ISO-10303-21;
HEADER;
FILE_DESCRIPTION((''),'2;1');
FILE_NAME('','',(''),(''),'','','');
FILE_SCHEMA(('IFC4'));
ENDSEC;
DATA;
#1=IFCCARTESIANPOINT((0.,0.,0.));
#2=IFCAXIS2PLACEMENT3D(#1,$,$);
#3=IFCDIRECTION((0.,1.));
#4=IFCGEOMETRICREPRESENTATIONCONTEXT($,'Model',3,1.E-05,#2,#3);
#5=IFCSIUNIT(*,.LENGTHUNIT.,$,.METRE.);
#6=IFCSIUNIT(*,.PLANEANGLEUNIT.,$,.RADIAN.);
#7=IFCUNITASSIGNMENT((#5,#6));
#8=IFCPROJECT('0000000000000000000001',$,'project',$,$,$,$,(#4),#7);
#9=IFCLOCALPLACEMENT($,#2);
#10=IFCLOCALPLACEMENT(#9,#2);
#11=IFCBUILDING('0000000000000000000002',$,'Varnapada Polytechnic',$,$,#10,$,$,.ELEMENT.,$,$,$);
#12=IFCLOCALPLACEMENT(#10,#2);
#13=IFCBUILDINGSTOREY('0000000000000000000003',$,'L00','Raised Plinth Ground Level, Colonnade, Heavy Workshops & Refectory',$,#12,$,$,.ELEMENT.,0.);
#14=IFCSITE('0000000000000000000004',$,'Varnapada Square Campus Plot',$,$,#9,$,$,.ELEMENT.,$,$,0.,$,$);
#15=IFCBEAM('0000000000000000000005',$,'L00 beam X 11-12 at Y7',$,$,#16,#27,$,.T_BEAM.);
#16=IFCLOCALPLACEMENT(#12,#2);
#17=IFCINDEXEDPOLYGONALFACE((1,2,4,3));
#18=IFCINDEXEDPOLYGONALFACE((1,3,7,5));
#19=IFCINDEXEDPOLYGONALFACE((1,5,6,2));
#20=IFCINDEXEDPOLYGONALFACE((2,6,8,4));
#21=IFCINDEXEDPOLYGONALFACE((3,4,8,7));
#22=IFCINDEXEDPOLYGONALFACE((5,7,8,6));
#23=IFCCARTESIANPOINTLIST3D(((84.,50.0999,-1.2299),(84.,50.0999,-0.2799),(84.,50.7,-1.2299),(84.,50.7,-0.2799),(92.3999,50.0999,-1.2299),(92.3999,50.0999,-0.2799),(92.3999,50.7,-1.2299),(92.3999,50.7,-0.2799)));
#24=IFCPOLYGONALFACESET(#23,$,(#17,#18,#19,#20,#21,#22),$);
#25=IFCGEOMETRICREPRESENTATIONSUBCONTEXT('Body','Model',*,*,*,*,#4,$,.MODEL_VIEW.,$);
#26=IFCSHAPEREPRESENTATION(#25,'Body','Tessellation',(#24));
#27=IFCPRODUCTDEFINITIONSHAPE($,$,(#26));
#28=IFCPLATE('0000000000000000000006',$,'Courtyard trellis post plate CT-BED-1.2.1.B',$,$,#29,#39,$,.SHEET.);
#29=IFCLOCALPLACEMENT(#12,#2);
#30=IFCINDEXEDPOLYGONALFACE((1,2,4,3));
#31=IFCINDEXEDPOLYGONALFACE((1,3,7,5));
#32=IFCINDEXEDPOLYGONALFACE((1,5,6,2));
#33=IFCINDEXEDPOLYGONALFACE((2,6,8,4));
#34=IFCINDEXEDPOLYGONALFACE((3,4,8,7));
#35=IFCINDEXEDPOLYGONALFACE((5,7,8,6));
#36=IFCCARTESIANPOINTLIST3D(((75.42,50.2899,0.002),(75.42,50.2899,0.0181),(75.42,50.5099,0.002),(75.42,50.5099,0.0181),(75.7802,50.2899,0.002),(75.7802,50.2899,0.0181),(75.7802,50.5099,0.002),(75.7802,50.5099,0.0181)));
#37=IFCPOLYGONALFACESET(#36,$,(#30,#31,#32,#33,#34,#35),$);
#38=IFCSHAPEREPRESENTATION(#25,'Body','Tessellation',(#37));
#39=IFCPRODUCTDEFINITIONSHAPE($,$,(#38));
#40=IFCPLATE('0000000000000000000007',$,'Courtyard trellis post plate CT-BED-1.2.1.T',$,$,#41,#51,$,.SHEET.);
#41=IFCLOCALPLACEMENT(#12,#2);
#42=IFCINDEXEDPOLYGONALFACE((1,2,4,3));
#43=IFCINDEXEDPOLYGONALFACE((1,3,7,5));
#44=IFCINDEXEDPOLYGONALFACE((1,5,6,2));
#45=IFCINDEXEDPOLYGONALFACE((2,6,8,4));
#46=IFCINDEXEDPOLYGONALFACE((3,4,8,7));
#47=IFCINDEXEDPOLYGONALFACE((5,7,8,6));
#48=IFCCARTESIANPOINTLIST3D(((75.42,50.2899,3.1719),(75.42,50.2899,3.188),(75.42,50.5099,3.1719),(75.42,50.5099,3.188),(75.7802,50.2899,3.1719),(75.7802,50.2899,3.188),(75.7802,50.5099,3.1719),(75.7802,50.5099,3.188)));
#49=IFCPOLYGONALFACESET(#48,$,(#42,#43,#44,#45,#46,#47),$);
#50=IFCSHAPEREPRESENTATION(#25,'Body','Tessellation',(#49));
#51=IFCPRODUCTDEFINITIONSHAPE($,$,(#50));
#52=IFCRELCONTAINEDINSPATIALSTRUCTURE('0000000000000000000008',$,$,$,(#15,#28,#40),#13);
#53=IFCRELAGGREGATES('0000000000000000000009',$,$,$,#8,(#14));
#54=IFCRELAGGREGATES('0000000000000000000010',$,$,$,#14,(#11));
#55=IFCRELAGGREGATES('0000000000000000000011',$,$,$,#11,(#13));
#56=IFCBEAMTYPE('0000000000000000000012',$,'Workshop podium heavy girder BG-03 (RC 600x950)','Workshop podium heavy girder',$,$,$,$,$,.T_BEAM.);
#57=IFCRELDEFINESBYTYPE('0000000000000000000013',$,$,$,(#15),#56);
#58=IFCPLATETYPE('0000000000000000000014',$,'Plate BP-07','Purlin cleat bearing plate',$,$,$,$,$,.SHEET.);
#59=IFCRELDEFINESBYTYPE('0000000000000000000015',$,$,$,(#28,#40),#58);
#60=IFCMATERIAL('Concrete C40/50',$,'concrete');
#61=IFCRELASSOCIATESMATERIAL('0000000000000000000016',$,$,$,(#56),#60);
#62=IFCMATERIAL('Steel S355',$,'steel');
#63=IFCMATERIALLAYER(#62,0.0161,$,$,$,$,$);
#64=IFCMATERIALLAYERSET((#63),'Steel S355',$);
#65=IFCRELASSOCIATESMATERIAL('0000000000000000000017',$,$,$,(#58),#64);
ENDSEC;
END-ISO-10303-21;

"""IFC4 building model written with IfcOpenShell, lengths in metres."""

from ifc_helpers import new_model, si_unit, direction, frame, origin, origin_2d, place, context, subcontext, project, spatial, rectangle, extrude, material, layer, layer_set, material_profile, profile_set, type_object, element, save


model = new_model("IFC4")

# Units and contexts
model_context = context("Model", 3, precision=1e-05, world=origin(), true_north=direction((0.0, 1.0)))
body_context = subcontext(model_context, "Body", "Model", "MODEL_VIEW")
ifc_project = project(units=[si_unit("LENGTHUNIT", "METRE"), si_unit("PLANEANGLEUNIT", "RADIAN")], contexts=[model_context])

# Site, building, storey
site_placement = place(None, origin())
site = spatial("IfcSite", under=ifc_project, at=site_placement, Name="Varnapada Square Campus Plot", CompositionType="ELEMENT", RefElevation=0.0)
building_placement = place(site_placement, origin())
building = spatial("IfcBuilding", under=site, at=building_placement, Name="Varnapada Polytechnic", CompositionType="ELEMENT")
storey_placement = place(building_placement, origin())
storey = spatial("IfcBuildingStorey", under=building, at=storey_placement, Name="L00", Description="Raised Plinth Ground Level, Colonnade, Heavy Workshops & Refectory", CompositionType="ELEMENT", Elevation=0.0)

# Shared definitions
ifc_material_1 = material(Name="Concrete C40/50", Category="concrete")

# Shared definitions
ifc_material_2 = material(Name="Steel S355", Category="steel")

# Beam
ifc_material_profile_1 = material_profile(ifc_material_1, rectangle(XDim=0.6001, YDim=0.95, at=origin_2d()), Name="RC 600x950")
ifc_profile_set_1 = profile_set([ifc_material_profile_1], Name="Concrete C40/50")
beam_type_1 = type_object("IfcBeamType", Name="Workshop podium heavy girder BG-03 (RC 600x950)", Description="Workshop podium heavy girder", PredefinedType="T_BEAM", material=ifc_profile_set_1)
beam_1_placement = place(storey_placement, frame((84.0, 50.3999, -0.7549), z_axis=(1.0, 0.0, 0.0), x_axis=(0.0, 1.0, 0.0)))
element("IfcBeam", 1, at=beam_1_placement, inside=storey, type_object=beam_type_1, Name="L00 beam X 11-12 at Y7", PredefinedType="T_BEAM", context=body_context, shape_type="SweptSolid", body=[
    extrude(rectangle(XDim=0.6001, YDim=0.95, at=origin_2d()), origin(), (0.0, 0.0, 1.0), 8.3999),
])

# Plates
ifc_layer_1 = layer(ifc_material_2, 0.0161)
ifc_layer_set_1 = layer_set([ifc_layer_1], Name="Steel S355")
plate_type = type_object("IfcPlateType", Name="Plate BP-07", Description="Purlin cleat bearing plate", PredefinedType="SHEET", material=ifc_layer_set_1)
for number, where, z_axis, x_axis, name in (
    (2, (75.6001, 50.3999, 0.002), (0.0, 0.0, 1.0), (1.0, 0.0, 0.0), "Courtyard trellis post plate CT-BED-1.2.1.B"),
    (3, (75.6001, 50.3999, 3.1719), (0.0, 0.0, 1.0), (1.0, 0.0, 0.0), "Courtyard trellis post plate CT-BED-1.2.1.T"),
):
    element("IfcPlate", number, at=place(storey_placement, frame(where, z_axis=z_axis, x_axis=x_axis)), inside=storey, type_object=plate_type, Name=name, PredefinedType="SHEET", context=body_context, shape_type="SweptSolid", body=[
        extrude(rectangle(XDim=0.3601, YDim=0.22, at=origin_2d()), origin(), (0.0, 0.0, 1.0), 0.0161),
    ])

save(model, "model.ifc")
